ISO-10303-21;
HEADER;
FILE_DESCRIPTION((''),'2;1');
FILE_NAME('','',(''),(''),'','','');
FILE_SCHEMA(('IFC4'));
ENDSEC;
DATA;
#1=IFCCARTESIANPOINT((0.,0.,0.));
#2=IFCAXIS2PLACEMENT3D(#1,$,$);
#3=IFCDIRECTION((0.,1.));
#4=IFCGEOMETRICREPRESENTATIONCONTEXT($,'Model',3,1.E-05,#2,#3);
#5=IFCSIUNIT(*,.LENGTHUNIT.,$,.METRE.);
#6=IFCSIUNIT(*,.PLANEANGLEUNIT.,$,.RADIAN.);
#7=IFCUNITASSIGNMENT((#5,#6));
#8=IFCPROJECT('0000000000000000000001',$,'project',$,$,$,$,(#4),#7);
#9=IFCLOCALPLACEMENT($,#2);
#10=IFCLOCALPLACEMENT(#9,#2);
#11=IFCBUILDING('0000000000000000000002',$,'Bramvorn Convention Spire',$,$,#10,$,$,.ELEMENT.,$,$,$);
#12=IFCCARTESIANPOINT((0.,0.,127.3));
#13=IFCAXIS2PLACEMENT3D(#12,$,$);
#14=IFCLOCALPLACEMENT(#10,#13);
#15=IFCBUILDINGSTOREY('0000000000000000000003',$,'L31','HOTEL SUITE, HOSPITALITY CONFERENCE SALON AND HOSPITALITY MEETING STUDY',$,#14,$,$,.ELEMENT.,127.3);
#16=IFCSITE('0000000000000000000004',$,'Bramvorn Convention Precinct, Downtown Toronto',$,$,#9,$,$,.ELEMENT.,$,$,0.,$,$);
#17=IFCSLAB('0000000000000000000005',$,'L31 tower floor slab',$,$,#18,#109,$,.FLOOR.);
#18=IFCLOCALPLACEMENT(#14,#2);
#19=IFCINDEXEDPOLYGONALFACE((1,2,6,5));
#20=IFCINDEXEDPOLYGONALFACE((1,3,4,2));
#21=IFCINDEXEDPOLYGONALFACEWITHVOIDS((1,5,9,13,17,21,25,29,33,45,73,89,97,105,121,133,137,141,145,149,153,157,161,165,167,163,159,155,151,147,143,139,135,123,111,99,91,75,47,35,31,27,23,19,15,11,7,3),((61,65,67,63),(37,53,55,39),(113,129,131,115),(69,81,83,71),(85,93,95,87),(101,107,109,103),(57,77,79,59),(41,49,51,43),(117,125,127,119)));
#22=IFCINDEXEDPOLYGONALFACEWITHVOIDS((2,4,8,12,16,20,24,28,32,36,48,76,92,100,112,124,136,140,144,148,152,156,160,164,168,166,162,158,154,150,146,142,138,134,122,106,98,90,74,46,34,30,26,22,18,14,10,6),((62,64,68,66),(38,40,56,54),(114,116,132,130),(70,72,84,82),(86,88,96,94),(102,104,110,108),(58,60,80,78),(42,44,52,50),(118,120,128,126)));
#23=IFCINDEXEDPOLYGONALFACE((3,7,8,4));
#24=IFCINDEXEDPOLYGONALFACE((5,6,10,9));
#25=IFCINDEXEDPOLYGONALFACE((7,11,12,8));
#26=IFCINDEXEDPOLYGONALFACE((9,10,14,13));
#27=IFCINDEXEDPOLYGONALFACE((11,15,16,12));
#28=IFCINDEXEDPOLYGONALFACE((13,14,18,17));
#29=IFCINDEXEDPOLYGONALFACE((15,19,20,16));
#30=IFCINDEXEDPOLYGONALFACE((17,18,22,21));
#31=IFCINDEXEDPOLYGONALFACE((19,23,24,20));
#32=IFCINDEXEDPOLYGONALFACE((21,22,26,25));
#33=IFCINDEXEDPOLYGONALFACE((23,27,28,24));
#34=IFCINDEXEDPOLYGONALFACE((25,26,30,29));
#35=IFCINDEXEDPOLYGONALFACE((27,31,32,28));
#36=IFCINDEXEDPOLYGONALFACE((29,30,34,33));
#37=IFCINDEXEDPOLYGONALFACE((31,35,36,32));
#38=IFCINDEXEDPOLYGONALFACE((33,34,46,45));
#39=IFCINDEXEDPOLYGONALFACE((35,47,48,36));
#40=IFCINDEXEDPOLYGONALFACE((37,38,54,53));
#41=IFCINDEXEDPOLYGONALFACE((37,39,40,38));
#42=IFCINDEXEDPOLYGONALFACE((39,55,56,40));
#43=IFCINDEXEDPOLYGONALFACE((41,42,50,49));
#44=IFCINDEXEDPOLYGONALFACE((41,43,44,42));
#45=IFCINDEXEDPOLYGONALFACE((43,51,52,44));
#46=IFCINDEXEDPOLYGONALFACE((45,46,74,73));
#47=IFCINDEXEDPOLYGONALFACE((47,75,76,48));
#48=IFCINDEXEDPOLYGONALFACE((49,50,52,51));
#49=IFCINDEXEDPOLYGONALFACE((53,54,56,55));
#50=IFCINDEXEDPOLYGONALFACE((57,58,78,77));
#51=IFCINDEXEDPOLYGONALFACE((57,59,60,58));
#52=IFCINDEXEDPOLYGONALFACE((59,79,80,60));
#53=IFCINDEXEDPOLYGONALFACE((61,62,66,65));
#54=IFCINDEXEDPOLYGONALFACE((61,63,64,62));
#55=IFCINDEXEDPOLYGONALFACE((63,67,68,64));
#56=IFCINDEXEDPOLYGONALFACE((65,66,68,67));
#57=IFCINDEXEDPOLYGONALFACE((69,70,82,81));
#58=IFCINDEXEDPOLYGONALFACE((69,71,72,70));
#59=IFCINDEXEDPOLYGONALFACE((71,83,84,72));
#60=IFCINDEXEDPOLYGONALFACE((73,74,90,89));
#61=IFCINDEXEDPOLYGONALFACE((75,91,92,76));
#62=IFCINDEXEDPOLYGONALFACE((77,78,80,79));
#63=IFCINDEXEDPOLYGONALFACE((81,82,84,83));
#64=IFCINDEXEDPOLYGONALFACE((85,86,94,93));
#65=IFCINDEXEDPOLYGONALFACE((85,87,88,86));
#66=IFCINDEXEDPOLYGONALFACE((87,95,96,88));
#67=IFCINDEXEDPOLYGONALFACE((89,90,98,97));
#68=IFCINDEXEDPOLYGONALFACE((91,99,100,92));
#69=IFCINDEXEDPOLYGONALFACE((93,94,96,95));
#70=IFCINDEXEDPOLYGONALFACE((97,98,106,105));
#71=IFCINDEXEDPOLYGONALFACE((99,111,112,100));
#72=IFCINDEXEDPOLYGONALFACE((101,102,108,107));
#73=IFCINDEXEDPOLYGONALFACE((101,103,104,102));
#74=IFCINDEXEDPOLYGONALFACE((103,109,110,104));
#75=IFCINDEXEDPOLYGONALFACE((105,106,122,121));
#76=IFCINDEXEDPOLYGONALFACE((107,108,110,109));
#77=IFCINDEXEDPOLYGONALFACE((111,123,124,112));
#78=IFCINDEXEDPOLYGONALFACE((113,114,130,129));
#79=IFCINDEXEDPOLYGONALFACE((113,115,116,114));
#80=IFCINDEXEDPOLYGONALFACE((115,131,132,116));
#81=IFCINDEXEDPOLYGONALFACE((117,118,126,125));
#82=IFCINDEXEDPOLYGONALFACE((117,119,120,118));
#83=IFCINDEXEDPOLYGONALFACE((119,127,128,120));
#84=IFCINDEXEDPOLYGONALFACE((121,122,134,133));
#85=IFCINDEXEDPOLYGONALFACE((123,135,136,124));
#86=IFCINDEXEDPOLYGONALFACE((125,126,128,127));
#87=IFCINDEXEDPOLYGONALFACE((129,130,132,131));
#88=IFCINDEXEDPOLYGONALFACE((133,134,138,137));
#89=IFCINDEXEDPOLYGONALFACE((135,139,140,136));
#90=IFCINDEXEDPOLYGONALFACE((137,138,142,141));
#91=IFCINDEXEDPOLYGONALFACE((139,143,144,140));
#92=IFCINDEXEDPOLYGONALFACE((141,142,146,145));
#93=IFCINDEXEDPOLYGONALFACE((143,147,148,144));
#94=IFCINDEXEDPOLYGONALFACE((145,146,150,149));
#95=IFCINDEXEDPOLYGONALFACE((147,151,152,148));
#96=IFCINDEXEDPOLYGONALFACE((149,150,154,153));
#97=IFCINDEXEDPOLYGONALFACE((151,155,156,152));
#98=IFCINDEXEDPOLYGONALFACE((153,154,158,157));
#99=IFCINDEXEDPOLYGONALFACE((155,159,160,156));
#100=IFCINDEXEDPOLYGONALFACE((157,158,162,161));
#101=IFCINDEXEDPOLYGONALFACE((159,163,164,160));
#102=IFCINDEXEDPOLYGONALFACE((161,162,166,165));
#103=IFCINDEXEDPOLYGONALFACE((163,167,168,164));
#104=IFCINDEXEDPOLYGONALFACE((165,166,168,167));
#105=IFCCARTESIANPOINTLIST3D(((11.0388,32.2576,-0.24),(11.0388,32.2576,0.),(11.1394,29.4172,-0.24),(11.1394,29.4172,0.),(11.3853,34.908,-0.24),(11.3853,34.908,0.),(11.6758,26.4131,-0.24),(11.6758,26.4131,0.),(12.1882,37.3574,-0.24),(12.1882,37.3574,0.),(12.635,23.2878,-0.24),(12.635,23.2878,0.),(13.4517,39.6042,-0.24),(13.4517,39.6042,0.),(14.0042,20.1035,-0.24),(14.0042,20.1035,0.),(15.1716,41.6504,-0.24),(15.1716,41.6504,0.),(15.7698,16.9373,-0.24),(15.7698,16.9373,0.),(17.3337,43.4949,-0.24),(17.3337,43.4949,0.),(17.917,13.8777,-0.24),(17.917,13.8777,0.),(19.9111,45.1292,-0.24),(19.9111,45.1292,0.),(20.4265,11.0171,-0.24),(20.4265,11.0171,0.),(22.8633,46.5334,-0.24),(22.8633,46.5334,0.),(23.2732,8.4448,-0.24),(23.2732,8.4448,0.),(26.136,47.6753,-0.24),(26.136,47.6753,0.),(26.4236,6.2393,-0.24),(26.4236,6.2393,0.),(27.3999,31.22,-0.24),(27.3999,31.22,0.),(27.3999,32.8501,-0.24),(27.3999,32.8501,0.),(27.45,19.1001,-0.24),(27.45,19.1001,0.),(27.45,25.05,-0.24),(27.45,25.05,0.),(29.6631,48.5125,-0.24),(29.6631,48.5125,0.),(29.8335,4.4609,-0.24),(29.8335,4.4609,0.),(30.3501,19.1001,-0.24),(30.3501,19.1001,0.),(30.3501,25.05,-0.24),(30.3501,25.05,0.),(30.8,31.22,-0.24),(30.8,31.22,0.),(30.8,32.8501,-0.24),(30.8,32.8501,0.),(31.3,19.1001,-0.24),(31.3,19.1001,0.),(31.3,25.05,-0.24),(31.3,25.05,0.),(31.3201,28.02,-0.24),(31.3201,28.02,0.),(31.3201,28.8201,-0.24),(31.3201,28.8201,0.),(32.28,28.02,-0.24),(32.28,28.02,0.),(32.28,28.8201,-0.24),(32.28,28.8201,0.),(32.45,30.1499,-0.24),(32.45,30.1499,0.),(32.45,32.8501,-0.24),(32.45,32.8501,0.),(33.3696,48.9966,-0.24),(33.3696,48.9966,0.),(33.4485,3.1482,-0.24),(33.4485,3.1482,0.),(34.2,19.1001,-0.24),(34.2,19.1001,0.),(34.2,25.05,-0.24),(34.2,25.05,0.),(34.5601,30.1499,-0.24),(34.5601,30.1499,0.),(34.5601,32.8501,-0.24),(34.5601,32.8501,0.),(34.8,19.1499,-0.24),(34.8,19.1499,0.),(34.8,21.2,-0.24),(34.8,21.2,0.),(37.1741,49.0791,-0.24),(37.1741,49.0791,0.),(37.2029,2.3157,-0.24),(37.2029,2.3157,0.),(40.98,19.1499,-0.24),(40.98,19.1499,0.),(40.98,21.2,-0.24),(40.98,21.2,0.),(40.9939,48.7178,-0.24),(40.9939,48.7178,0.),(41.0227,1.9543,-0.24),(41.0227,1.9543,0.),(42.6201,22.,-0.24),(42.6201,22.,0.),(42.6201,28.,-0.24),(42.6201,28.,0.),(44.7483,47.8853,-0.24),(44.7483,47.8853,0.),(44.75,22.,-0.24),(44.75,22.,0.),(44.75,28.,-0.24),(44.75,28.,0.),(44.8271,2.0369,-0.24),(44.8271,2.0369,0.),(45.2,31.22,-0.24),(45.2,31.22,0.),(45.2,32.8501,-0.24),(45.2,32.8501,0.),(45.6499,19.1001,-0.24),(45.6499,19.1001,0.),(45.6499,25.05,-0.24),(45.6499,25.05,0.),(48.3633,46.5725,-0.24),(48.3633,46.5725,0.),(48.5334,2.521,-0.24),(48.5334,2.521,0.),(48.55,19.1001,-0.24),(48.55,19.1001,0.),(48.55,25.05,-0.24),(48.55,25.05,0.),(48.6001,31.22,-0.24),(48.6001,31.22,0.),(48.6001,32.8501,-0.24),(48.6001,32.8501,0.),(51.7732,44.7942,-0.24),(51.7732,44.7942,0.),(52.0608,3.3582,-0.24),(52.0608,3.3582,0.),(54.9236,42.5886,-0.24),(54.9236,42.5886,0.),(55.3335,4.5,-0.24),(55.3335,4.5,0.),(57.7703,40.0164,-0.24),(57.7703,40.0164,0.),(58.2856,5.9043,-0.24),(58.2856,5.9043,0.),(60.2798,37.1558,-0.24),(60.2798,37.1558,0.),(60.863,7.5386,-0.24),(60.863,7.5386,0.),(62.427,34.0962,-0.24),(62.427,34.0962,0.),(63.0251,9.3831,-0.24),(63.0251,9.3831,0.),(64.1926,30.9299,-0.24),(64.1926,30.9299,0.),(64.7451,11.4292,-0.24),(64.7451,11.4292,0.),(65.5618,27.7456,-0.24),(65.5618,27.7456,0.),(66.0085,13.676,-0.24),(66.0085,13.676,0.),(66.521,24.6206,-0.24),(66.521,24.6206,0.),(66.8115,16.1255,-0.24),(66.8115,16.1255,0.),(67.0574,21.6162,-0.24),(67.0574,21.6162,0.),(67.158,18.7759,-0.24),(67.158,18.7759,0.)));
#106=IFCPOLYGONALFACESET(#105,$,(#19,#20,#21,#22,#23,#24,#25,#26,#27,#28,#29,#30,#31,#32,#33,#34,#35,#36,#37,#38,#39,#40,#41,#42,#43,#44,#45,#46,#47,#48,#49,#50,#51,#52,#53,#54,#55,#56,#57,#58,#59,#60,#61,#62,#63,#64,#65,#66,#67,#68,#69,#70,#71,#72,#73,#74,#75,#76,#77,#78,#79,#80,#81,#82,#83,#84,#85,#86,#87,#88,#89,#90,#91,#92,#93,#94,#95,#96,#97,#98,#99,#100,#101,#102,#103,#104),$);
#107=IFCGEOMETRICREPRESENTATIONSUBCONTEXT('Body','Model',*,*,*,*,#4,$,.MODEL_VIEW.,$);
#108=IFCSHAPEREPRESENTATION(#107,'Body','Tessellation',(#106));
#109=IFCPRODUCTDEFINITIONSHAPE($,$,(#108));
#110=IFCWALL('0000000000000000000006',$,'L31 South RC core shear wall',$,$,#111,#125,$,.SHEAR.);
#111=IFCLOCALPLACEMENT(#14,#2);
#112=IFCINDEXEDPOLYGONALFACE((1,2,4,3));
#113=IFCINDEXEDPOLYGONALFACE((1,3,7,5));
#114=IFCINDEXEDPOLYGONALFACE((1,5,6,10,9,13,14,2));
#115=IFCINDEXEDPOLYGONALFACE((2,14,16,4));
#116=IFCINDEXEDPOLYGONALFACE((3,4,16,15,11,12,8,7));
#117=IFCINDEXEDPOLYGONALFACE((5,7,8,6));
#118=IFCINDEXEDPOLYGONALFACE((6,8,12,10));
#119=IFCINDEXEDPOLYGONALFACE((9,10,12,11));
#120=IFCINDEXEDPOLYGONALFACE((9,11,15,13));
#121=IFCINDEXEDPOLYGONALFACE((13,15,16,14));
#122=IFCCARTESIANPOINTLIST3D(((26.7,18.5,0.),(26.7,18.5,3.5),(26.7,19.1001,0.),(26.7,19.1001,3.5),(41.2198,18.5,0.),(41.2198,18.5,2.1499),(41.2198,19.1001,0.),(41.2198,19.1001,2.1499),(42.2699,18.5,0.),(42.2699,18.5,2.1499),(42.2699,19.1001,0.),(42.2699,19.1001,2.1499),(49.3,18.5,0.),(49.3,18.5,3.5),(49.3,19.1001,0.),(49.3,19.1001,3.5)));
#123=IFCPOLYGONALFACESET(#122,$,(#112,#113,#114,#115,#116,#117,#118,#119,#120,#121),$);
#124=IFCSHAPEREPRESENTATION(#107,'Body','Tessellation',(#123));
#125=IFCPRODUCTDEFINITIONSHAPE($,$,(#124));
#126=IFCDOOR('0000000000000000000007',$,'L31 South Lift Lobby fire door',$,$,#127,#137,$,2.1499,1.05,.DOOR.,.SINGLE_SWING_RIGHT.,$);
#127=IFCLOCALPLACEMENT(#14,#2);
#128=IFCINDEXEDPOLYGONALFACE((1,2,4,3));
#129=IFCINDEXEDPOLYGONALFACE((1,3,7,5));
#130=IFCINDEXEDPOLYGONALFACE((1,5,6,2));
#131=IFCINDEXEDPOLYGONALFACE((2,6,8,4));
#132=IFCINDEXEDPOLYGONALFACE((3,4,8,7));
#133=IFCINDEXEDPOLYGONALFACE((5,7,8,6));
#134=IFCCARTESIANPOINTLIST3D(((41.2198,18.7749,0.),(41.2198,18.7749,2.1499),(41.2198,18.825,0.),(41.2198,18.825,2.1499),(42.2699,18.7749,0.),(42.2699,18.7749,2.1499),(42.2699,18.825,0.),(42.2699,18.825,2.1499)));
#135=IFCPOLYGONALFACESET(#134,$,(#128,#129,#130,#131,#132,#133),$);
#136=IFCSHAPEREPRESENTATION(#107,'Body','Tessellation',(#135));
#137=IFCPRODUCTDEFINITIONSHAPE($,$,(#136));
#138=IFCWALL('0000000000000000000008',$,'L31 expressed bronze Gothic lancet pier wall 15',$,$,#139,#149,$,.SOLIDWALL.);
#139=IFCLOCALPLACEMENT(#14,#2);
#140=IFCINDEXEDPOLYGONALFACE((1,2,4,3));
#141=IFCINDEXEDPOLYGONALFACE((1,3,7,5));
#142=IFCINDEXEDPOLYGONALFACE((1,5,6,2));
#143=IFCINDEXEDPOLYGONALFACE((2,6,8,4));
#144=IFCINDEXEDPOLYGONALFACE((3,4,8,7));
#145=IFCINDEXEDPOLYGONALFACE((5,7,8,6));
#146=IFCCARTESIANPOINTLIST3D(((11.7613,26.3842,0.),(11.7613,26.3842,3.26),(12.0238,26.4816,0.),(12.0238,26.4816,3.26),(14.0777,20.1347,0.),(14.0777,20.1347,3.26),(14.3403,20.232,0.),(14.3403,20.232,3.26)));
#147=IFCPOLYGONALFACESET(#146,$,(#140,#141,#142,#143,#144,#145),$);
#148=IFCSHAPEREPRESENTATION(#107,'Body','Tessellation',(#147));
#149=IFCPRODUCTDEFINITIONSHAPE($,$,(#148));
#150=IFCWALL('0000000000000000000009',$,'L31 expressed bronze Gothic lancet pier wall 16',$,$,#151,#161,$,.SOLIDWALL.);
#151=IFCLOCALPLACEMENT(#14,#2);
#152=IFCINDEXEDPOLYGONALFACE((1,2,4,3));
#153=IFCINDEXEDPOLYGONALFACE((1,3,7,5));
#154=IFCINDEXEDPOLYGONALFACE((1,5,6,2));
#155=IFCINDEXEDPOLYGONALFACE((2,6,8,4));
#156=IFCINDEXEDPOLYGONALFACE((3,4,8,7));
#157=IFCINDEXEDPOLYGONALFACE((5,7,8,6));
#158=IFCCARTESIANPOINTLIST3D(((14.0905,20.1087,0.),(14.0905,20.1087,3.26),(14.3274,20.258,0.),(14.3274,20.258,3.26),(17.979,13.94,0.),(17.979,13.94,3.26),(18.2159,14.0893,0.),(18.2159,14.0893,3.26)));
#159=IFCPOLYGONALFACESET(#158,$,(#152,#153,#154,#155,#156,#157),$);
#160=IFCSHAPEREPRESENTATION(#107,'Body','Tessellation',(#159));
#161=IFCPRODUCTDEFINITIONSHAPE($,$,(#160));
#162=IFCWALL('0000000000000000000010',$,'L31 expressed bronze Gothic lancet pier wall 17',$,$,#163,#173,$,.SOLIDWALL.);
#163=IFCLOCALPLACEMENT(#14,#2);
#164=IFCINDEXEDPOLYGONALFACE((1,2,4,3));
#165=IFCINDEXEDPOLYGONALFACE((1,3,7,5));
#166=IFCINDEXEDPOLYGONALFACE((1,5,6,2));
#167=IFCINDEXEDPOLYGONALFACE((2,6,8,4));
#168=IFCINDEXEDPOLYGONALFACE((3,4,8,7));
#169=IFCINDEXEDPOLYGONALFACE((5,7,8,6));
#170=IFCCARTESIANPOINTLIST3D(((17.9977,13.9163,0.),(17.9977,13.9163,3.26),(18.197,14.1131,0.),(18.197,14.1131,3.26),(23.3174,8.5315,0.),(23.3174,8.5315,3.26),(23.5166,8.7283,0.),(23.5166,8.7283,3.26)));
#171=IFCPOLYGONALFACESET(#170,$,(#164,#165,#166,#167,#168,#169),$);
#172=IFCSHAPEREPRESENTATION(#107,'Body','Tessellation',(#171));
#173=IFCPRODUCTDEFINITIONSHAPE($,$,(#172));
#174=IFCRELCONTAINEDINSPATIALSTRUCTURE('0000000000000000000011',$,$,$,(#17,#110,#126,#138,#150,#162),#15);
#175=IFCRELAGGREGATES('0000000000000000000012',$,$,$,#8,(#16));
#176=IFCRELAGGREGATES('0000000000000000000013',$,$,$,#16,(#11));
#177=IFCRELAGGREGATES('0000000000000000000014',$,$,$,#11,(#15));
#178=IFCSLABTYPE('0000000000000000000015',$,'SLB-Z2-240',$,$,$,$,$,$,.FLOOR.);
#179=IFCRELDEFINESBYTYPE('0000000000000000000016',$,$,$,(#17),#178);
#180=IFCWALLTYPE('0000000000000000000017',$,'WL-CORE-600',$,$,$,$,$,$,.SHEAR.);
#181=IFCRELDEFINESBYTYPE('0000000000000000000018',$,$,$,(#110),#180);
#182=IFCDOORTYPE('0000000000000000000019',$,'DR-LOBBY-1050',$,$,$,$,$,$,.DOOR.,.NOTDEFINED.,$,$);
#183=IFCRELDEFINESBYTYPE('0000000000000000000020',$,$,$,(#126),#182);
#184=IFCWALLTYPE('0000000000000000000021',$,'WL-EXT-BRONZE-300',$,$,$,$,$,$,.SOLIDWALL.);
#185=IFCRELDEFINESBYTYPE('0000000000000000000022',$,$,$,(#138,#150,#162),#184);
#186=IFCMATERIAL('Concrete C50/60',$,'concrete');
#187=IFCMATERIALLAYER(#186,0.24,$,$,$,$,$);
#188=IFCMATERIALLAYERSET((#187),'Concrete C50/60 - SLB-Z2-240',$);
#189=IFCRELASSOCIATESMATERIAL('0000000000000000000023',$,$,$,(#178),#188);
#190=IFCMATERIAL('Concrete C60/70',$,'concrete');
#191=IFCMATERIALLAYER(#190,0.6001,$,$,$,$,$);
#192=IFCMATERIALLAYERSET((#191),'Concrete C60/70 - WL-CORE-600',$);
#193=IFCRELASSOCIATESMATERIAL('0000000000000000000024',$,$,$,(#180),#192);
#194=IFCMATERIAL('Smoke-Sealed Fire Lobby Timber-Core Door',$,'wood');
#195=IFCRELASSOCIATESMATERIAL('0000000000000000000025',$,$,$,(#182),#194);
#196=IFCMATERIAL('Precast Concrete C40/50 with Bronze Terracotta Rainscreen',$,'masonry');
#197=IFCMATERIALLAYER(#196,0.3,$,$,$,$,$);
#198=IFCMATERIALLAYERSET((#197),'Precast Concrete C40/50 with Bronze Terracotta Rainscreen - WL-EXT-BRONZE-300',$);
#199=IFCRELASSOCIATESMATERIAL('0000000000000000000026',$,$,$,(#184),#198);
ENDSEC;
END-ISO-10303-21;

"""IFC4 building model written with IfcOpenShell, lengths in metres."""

from ifc_helpers import new_model, si_unit, direction, frame, frame_2d, origin, place, context, subcontext, project, spatial, polyline, rectangle, outline, extrude, material, layer, layer_set, type_object, element, fill, save


model = new_model("IFC4")

# Units and contexts
model_context = context("Model", 3, precision=1e-05, world=origin(), true_north=direction((0.0, 1.0)))
body_context = subcontext(model_context, "Body", "Model", "MODEL_VIEW")
ifc_project = project(units=[si_unit("LENGTHUNIT", "METRE"), si_unit("PLANEANGLEUNIT", "RADIAN")], contexts=[model_context])

# Site, building, storey
site_placement = place(None, origin())
site = spatial("IfcSite", under=ifc_project, at=site_placement, Name="Bramvorn Convention Precinct, Downtown Toronto", CompositionType="ELEMENT", RefElevation=0.0)
building_placement = place(site_placement, origin())
building = spatial("IfcBuilding", under=site, at=building_placement, Name="Bramvorn Convention Spire", CompositionType="ELEMENT")
storey_placement = place(building_placement, frame((0.0, 0.0, 127.3)))
storey = spatial("IfcBuildingStorey", under=building, at=storey_placement, Name="L31", Description="HOTEL SUITE, HOSPITALITY CONFERENCE SALON AND HOSPITALITY MEETING STUDY", CompositionType="ELEMENT", Elevation=127.3)

# Slab
ifc_material_1 = material(Name="Concrete C50/60", Category="concrete")
ifc_layer_1 = layer(ifc_material_1, 0.24)
ifc_layer_set_1 = layer_set([ifc_layer_1], Name="Concrete C50/60 - SLB-Z2-240")
slab_type_1 = type_object("IfcSlabType", Name="SLB-Z2-240", PredefinedType="FLOOR", material=ifc_layer_set_1)
slab_1_placement = place(storey_placement, frame((0.0, 0.0, -0.24)))
element("IfcSlab", 1, at=slab_1_placement, inside=storey, type_object=slab_type_1, Name="L31 tower floor slab", PredefinedType="FLOOR", context=body_context, shape_type="SweptSolid", body=[
    extrude(outline(polyline([(66.0085, 13.676), (66.8115, 16.1255), (67.158, 18.7759), (67.0574, 21.6162), (66.521, 24.6206), (65.5618, 27.7456), (64.1926, 30.9299), (62.427, 34.0962), (60.2798, 37.1558), (57.7703, 40.0164), (54.9236, 42.5886), (51.7732, 44.7942), (48.3633, 46.5725), (44.7483, 47.8853), (40.9939, 48.7178), (37.1741, 49.0791), (33.3696, 48.9966), (29.6631, 48.5125), (26.136, 47.6753), (22.8633, 46.5334), (19.9111, 45.1292), (17.3337, 43.4949), (15.1716, 41.6504), (13.4517, 39.6042), (12.1882, 37.3574), (11.3853, 34.908), (11.0388, 32.2576), (11.1394, 29.4172), (11.6758, 26.4131), (12.635, 23.2878), (14.0042, 20.1035), (15.7698, 16.9373), (17.917, 13.8777), (20.4265, 11.0171), (23.2732, 8.4448), (26.4236, 6.2393), (29.8335, 4.4609), (33.4485, 3.1482), (37.2029, 2.3157), (41.0227, 1.9543), (44.8271, 2.0369), (48.5334, 2.521), (52.0608, 3.3582), (55.3335, 4.5), (58.2856, 5.9043), (60.863, 7.5386), (63.0251, 9.3831), (64.7451, 11.4292), (66.0085, 13.676)]), holes=[polyline([(27.45, 25.05), (27.45, 19.1001), (30.3501, 19.1001), (30.3501, 25.05), (27.45, 25.05)]), polyline([(45.6499, 25.05), (45.6499, 19.1001), (48.55, 19.1001), (48.55, 25.05), (45.6499, 25.05)]), polyline([(31.3, 25.05), (31.3, 19.1001), (34.2, 19.1001), (34.2, 25.05), (31.3, 25.05)]), polyline([(27.3999, 31.22), (30.8, 31.22), (30.8, 32.8501), (27.3999, 32.8501), (27.3999, 31.22)]), polyline([(45.2, 31.22), (48.6001, 31.22), (48.6001, 32.8501), (45.2, 32.8501), (45.2, 31.22)]), polyline([(32.45, 30.1499), (34.5601, 30.1499), (34.5601, 32.8501), (32.45, 32.8501), (32.45, 30.1499)]), polyline([(34.8, 19.1499), (40.98, 19.1499), (40.98, 21.2), (34.8, 21.2), (34.8, 19.1499)]), polyline([(42.6201, 22.0), (44.75, 22.0), (44.75, 28.0), (42.6201, 28.0), (42.6201, 22.0)]), polyline([(31.3201, 28.02), (32.28, 28.02), (32.28, 28.8201), (31.3201, 28.8201), (31.3201, 28.02)])]), origin(), (0.0, 0.0, 1.0), 0.24),
])

# Wall, opening, door
ifc_material_2 = material(Name="Concrete C60/70", Category="concrete")
ifc_layer_2 = layer(ifc_material_2, 0.6001)
ifc_layer_set_2 = layer_set([ifc_layer_2], Name="Concrete C60/70 - WL-CORE-600")
wall_type_1 = type_object("IfcWallType", Name="WL-CORE-600", PredefinedType="SHEAR", material=ifc_layer_set_2)
wall_1_placement = place(storey_placement, frame((26.7, 18.8, 0.0), z_axis=(0.0, 0.0, 1.0), x_axis=(1.0, 0.0, 0.0)))
wall_1 = element("IfcWall", 2, at=wall_1_placement, inside=storey, type_object=wall_type_1, Name="L31 South RC core shear wall", PredefinedType="SHEAR", context=body_context, shape_type="SweptSolid", body=[
    extrude(rectangle(XDim=22.6001, YDim=0.6001, at=frame_2d((11.3, 0.0))), origin(), (0.0, 0.0, 1.0), 3.5),
])
opening_1_placement = place(wall_1_placement, frame((14.52, 0.0, 0.0)))
opening_1 = element("IfcOpeningElement", 3, at=opening_1_placement, cuts=wall_1, PredefinedType="OPENING", context=body_context, shape_type="SweptSolid", body=[
    extrude(rectangle(XDim=1.05, YDim=2.1499, at=frame_2d((0.5249, 1.075))), frame((0.0, 0.3101, 0.0), z_axis=(0.0, -1.0, 0.0), x_axis=(1.0, 0.0, 0.0)), (0.0, 0.0, 1.0), 0.6201),
])
ifc_material_3 = material(Name="Smoke-Sealed Fire Lobby Timber-Core Door", Category="wood")
door_type = type_object("IfcDoorType", Name="DR-LOBBY-1050", OperationType="NOTDEFINED", PredefinedType="DOOR", material=ifc_material_3)
door_1_placement = place(opening_1_placement, origin())
door_1 = element("IfcDoor", 4, at=door_1_placement, inside=storey, type_object=door_type, Name="L31 South Lift Lobby fire door", OperationType="SINGLE_SWING_RIGHT", OverallHeight=2.1499, OverallWidth=1.05, PredefinedType="DOOR", context=body_context, shape_type="SweptSolid", body=[
    extrude(rectangle(XDim=1.05, YDim=2.1499, at=frame_2d((0.5249, 1.075))), frame((0.0, 0.0249, 0.0), z_axis=(0.0, -1.0, 0.0), x_axis=(1.0, 0.0, 0.0)), (0.0, 0.0, 1.0), 0.05),
])
fill(opening_1, door_1)

# Walls
ifc_material_4 = material(Name="Precast Concrete C40/50 with Bronze Terracotta Rainscreen", Category="masonry")
ifc_layer_3 = layer(ifc_material_4, 0.3)
ifc_layer_set_3 = layer_set([ifc_layer_3], Name="Precast Concrete C40/50 with Bronze Terracotta Rainscreen - WL-EXT-BRONZE-300")
wall_type_2 = type_object("IfcWallType", Name="WL-EXT-BRONZE-300", PredefinedType="SOLIDWALL", material=ifc_layer_set_3)
wall_2_placement = place(storey_placement, frame((14.209, 20.1833, 0.0), z_axis=(0.0, 0.0, 1.0), x_axis=(-0.347548, 0.937662, 0.0)))
element("IfcWall", 5, at=wall_2_placement, inside=storey, type_object=wall_type_2, Name="L31 expressed bronze Gothic lancet pier wall 15", PredefinedType="SOLIDWALL", context=body_context, shape_type="SweptSolid", body=[
    extrude(rectangle(XDim=6.665, YDim=0.28, at=frame_2d((3.3325, 0.0))), origin(), (0.0, 0.0, 1.0), 3.26),
])
wall_3_placement = place(storey_placement, frame((18.0974, 14.0146, 0.0), z_axis=(0.0, 0.0, 1.0), x_axis=(-0.533248, 0.845959, 0.0)))
element("IfcWall", 6, at=wall_3_placement, inside=storey, type_object=wall_type_2, Name="L31 expressed bronze Gothic lancet pier wall 16", PredefinedType="SOLIDWALL", context=body_context, shape_type="SweptSolid", body=[
    extrude(rectangle(XDim=7.292, YDim=0.28, at=frame_2d((3.646, 0.0))), origin(), (0.0, 0.0, 1.0), 3.26),
])
wall_4_placement = place(storey_placement, frame((23.417, 8.6299, 0.0), z_axis=(0.0, 0.0, 1.0), x_axis=(-0.702788, 0.7114, 0.0)))
element("IfcWall", 7, at=wall_4_placement, inside=storey, type_object=wall_type_2, Name="L31 expressed bronze Gothic lancet pier wall 17", PredefinedType="SOLIDWALL", context=body_context, shape_type="SweptSolid", body=[
    extrude(rectangle(XDim=7.5693, YDim=0.28, at=frame_2d((3.7847, 0.0))), origin(), (0.0, 0.0, 1.0), 3.26),
])

save(model, "model.ifc")
